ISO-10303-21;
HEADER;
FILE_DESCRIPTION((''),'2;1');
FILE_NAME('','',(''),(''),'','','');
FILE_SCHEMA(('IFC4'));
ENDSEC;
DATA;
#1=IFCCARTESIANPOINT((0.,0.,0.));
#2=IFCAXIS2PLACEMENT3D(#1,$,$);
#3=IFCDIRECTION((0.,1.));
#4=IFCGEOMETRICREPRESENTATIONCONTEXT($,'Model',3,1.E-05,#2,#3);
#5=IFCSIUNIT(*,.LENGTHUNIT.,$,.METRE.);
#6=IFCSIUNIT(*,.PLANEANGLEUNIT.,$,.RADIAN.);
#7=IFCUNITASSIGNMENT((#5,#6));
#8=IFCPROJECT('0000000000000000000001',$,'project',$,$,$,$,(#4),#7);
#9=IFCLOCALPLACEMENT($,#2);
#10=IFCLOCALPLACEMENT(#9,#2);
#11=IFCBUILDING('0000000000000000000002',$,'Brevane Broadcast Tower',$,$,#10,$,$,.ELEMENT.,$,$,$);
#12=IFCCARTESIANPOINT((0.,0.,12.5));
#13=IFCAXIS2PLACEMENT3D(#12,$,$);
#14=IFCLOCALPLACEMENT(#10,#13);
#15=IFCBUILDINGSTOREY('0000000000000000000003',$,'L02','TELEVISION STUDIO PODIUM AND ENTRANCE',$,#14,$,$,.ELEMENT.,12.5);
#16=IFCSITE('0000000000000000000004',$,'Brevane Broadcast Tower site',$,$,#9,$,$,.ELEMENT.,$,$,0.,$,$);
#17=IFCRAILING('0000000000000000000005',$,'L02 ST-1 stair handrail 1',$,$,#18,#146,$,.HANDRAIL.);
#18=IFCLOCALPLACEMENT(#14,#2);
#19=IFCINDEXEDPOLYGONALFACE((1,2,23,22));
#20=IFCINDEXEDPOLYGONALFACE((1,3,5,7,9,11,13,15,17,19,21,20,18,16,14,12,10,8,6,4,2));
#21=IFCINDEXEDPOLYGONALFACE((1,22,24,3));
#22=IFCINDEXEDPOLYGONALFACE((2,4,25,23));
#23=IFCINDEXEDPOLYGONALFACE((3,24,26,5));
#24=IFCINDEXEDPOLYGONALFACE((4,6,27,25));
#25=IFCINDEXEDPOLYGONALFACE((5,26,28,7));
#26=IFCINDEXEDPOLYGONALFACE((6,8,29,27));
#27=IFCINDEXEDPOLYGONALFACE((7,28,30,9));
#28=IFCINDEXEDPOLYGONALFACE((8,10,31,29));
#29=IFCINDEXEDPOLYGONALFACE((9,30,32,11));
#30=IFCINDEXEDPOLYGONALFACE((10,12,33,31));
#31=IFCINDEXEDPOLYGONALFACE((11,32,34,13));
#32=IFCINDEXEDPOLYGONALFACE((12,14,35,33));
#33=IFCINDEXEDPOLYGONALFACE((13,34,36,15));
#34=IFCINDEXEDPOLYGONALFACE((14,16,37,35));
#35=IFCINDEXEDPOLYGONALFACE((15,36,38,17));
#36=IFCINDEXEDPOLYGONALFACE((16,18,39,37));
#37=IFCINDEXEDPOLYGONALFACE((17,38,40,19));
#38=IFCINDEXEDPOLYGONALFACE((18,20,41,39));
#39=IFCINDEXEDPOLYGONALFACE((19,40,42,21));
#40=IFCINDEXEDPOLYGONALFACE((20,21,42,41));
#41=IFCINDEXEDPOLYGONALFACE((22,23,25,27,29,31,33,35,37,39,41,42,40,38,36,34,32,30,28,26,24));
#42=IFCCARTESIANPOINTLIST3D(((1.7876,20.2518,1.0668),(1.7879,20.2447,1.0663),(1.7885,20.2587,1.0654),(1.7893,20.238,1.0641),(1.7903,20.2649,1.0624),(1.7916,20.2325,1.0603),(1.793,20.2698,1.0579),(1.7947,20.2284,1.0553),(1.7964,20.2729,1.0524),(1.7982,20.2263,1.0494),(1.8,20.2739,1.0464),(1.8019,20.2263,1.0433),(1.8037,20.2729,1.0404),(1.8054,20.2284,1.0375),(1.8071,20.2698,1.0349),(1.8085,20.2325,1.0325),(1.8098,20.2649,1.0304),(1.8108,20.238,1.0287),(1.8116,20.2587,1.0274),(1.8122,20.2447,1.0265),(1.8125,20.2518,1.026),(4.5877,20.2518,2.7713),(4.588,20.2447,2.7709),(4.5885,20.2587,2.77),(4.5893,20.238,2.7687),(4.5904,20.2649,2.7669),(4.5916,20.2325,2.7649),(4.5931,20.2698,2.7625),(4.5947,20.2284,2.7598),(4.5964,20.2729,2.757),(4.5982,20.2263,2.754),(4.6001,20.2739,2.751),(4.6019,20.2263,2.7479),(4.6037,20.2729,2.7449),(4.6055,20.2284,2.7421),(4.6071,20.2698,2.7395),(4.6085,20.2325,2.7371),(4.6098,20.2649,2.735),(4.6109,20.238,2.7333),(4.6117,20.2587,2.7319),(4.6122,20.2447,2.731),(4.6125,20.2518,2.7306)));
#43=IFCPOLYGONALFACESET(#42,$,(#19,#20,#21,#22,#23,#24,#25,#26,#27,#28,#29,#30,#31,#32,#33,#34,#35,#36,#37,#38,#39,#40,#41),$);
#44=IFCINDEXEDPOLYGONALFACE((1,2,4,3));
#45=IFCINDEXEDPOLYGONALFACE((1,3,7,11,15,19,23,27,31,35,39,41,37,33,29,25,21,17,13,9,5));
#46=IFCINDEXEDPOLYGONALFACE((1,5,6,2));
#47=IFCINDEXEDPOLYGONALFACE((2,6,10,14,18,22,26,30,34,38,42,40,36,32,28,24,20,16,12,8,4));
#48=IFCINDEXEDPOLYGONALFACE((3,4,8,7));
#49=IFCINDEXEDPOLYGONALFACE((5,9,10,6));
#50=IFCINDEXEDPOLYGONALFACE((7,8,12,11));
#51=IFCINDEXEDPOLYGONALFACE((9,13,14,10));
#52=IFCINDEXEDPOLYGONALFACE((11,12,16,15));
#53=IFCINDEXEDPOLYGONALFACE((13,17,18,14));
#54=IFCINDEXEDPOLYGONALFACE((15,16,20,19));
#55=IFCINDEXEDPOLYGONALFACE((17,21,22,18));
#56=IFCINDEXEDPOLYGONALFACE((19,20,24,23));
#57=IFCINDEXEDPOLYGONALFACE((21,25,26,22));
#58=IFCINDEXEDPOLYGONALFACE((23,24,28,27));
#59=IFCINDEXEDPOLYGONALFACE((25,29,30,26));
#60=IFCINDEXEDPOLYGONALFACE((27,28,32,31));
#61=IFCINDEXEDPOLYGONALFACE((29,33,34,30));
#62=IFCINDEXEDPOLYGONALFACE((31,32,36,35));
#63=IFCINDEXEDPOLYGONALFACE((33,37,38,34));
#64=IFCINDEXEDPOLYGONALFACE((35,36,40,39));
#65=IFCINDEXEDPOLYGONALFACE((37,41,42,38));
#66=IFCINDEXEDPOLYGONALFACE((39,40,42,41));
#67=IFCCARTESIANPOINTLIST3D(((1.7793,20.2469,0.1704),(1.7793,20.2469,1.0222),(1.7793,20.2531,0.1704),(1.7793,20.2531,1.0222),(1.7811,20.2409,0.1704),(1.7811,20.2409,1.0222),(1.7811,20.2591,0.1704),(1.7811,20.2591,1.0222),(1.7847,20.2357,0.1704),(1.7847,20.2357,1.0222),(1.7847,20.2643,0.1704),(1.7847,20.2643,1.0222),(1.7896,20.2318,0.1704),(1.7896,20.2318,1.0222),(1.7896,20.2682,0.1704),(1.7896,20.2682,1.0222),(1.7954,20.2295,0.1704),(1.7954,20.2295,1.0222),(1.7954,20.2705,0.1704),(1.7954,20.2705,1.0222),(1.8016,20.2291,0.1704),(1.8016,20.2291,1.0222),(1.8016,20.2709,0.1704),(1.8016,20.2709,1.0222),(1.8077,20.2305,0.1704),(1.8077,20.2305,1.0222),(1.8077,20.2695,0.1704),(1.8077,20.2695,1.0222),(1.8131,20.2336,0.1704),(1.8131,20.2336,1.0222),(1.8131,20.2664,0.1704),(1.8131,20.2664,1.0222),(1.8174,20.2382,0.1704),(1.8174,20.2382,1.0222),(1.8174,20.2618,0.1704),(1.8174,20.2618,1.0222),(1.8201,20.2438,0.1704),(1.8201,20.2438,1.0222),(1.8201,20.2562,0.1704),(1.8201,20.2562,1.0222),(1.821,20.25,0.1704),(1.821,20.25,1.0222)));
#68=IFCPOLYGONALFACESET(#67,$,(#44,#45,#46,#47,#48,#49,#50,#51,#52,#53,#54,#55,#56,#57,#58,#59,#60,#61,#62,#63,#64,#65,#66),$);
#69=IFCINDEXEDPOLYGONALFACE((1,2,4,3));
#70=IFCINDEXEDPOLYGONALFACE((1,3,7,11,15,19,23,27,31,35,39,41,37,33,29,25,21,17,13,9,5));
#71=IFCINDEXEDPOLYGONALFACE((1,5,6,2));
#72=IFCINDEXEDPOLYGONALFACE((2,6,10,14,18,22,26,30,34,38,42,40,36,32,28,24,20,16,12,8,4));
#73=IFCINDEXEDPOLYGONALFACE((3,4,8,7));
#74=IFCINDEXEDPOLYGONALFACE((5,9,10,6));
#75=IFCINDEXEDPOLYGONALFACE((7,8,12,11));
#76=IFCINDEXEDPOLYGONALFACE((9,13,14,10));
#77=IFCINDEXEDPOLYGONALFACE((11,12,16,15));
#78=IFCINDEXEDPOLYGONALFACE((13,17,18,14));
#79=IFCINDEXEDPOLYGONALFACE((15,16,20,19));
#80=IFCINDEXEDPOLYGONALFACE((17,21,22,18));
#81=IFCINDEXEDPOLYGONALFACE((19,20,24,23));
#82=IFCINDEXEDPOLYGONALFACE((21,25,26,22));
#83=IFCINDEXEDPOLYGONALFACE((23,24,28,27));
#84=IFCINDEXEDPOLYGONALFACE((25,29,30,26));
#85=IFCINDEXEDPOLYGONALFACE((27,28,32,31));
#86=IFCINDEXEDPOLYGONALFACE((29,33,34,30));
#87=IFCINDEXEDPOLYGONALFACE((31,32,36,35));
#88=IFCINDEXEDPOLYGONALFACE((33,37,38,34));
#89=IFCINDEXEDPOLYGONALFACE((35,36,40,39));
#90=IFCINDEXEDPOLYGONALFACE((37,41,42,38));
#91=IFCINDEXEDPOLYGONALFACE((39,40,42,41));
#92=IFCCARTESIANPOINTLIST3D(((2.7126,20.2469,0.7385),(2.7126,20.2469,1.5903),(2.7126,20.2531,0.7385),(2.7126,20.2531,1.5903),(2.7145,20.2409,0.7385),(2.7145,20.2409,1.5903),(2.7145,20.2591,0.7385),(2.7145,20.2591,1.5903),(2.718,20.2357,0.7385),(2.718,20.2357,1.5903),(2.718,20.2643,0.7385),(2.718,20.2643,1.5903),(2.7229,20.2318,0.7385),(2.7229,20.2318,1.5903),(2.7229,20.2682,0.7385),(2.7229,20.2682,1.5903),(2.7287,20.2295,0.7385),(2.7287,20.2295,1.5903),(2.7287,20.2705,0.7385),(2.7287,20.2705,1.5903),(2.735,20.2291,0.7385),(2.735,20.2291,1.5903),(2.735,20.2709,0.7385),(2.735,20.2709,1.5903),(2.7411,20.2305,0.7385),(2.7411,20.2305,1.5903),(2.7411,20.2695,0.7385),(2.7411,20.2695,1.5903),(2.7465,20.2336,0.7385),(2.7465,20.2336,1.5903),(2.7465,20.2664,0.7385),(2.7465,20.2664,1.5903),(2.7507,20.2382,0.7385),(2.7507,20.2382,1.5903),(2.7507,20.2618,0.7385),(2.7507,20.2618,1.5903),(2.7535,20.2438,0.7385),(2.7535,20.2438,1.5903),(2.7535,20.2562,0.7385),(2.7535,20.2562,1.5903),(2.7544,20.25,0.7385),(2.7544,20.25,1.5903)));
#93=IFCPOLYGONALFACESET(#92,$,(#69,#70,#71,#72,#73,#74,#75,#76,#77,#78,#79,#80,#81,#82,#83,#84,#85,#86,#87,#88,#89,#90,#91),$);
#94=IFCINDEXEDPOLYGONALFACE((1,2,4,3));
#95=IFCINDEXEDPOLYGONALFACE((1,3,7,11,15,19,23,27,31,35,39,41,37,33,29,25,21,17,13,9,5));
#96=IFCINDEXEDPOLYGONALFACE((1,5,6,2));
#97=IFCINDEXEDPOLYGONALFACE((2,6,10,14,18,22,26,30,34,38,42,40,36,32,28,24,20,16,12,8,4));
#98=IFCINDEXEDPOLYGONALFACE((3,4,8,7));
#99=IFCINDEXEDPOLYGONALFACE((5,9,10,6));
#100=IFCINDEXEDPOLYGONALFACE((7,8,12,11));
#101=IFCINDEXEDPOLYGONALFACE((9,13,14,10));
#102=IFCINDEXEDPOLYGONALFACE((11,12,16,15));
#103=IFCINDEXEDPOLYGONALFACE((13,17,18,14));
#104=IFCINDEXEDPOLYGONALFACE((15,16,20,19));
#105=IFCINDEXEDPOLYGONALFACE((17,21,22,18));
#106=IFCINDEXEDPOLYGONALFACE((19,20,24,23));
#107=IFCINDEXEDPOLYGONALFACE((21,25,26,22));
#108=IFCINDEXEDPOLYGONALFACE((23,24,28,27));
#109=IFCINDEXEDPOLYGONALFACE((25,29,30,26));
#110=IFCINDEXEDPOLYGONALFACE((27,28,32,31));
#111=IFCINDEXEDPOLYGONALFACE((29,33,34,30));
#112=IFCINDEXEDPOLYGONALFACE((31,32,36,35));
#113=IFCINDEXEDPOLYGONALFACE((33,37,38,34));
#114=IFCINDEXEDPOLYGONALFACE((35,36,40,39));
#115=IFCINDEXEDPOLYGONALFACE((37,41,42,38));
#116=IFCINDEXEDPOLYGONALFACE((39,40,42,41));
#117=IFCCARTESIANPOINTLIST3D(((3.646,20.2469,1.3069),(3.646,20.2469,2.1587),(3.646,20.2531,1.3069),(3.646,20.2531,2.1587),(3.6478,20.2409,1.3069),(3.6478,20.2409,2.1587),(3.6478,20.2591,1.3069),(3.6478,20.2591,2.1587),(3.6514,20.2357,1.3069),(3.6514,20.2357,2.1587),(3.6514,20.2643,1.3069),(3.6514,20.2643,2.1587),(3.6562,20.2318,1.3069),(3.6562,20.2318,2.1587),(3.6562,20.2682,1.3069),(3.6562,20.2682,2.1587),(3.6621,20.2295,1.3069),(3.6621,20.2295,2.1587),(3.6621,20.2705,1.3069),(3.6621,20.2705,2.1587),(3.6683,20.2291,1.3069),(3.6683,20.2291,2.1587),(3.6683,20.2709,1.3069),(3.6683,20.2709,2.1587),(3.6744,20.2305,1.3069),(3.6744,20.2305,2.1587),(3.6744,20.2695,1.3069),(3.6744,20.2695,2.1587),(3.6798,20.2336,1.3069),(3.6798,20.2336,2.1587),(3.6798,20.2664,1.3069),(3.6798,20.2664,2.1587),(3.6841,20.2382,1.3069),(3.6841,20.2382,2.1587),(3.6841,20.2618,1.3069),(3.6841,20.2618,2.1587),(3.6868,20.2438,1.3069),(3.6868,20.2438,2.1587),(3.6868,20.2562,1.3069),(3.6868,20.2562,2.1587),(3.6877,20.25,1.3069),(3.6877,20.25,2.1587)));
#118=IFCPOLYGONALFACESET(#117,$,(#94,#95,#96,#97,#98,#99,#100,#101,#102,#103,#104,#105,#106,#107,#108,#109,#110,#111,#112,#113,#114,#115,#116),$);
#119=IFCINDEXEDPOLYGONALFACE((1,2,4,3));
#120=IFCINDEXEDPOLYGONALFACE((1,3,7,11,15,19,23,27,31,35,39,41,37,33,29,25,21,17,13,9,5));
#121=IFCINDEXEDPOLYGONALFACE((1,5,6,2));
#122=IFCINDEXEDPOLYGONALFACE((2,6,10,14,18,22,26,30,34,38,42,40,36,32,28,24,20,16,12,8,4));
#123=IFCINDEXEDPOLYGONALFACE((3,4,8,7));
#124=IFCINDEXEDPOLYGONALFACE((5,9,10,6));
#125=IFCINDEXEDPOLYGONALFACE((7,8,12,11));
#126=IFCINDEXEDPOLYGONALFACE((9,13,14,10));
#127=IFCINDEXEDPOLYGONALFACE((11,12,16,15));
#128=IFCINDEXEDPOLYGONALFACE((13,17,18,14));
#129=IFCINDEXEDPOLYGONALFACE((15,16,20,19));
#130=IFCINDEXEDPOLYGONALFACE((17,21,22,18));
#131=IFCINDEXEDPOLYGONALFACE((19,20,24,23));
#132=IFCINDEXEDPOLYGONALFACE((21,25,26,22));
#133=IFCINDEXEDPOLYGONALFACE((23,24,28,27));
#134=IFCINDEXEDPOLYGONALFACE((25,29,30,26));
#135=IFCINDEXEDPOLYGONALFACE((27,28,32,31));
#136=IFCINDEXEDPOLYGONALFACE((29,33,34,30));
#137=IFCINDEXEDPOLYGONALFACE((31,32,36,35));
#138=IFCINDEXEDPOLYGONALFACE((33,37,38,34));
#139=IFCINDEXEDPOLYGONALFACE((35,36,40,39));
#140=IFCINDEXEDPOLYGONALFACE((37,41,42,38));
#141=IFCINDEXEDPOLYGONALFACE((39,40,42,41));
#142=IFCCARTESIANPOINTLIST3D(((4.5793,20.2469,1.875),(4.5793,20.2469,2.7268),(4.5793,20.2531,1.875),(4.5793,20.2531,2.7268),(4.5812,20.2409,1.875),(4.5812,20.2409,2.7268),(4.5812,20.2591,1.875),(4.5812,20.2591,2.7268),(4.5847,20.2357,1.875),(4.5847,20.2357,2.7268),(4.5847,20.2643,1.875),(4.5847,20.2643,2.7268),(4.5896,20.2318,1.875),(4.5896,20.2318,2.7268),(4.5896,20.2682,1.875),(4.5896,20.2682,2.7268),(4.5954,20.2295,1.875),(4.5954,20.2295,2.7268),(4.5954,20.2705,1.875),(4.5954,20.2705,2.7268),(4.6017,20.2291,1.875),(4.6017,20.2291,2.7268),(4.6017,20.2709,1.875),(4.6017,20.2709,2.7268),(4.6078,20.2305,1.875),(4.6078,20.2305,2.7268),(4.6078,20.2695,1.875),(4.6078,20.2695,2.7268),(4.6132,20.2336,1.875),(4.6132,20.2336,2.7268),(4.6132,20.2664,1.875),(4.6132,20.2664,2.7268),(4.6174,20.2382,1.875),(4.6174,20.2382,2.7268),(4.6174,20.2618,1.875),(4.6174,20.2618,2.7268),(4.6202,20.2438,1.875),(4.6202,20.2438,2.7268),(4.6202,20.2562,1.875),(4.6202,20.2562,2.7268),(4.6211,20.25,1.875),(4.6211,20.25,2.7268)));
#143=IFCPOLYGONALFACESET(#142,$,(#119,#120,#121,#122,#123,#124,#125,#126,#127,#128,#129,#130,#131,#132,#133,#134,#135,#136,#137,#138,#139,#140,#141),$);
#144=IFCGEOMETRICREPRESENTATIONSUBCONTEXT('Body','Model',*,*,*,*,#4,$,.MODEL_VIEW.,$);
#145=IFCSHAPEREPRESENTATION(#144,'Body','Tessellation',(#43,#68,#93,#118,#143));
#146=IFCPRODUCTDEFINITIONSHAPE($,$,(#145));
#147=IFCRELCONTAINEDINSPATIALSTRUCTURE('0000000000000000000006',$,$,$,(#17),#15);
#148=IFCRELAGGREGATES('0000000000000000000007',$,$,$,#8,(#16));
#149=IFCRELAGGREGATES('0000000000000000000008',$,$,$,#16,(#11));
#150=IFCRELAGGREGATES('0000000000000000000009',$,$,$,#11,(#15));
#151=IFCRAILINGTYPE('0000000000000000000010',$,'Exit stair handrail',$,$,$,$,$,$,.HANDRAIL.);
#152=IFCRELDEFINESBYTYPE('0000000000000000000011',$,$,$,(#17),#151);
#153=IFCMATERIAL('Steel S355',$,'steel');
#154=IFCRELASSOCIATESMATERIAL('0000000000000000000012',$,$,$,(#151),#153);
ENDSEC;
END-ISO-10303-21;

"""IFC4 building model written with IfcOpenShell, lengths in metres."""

from ifc_helpers import new_model, si_unit, direction, frame, origin, origin_2d, place, context, subcontext, project, spatial, circle, extrude, material, type_object, element, save


model = new_model("IFC4")

# Units and contexts
model_context = context("Model", 3, precision=1e-05, world=origin(), true_north=direction((0.0, 1.0)))
body_context = subcontext(model_context, "Body", "Model", "MODEL_VIEW")
ifc_project = project(units=[si_unit("LENGTHUNIT", "METRE"), si_unit("PLANEANGLEUNIT", "RADIAN")], contexts=[model_context])

# Site, building, storey
site_placement = place(None, origin())
site = spatial("IfcSite", under=ifc_project, at=site_placement, Name="Brevane Broadcast Tower site", CompositionType="ELEMENT", RefElevation=0.0)
building_placement = place(site_placement, origin())
building = spatial("IfcBuilding", under=site, at=building_placement, Name="Brevane Broadcast Tower", CompositionType="ELEMENT")
storey_placement = place(building_placement, frame((0.0, 0.0, 12.5)))
storey = spatial("IfcBuildingStorey", under=building, at=storey_placement, Name="L02", Description="TELEVISION STUDIO PODIUM AND ENTRANCE", CompositionType="ELEMENT", Elevation=12.5)

# Railing
ifc_material_1 = material(Name="Steel S355", Category="steel")
railing_type_1 = type_object("IfcRailingType", Name="Exit stair handrail", PredefinedType="HANDRAIL", material=ifc_material_1)
for number, where, name in (
    (1, (1.8, 20.25, 0.1704), "L02 ST-1 stair handrail 1"),
):
    element("IfcRailing", number, at=place(storey_placement, frame(where)), inside=storey, type_object=railing_type_1, Name=name, PredefinedType="HANDRAIL", context=body_context, shape_type="SweptSolid", body=[
        extrude(circle(Radius=0.0239, at=origin_2d()), frame((0.0, 0.0, 0.876), z_axis=(0.85417, 0.0, 0.519994), x_axis=(0.0, 1.0, 0.0)), (0.0, 0.0, 1.0), 3.2781),
        extrude(circle(Radius=0.021, at=origin_2d()), origin(), (0.0, 0.0, 1.0), 0.8518),
        extrude(circle(Radius=0.021, at=origin_2d()), frame((0.9333, 0.0, 0.5681)), (0.0, 0.0, 1.0), 0.8518),
        extrude(circle(Radius=0.021, at=origin_2d()), frame((1.8667, 0.0, 1.1365)), (0.0, 0.0, 1.0), 0.8518),
        extrude(circle(Radius=0.021, at=origin_2d()), frame((2.8, 0.0, 1.7046)), (0.0, 0.0, 1.0), 0.8518),
    ])

save(model, "model.ifc")
